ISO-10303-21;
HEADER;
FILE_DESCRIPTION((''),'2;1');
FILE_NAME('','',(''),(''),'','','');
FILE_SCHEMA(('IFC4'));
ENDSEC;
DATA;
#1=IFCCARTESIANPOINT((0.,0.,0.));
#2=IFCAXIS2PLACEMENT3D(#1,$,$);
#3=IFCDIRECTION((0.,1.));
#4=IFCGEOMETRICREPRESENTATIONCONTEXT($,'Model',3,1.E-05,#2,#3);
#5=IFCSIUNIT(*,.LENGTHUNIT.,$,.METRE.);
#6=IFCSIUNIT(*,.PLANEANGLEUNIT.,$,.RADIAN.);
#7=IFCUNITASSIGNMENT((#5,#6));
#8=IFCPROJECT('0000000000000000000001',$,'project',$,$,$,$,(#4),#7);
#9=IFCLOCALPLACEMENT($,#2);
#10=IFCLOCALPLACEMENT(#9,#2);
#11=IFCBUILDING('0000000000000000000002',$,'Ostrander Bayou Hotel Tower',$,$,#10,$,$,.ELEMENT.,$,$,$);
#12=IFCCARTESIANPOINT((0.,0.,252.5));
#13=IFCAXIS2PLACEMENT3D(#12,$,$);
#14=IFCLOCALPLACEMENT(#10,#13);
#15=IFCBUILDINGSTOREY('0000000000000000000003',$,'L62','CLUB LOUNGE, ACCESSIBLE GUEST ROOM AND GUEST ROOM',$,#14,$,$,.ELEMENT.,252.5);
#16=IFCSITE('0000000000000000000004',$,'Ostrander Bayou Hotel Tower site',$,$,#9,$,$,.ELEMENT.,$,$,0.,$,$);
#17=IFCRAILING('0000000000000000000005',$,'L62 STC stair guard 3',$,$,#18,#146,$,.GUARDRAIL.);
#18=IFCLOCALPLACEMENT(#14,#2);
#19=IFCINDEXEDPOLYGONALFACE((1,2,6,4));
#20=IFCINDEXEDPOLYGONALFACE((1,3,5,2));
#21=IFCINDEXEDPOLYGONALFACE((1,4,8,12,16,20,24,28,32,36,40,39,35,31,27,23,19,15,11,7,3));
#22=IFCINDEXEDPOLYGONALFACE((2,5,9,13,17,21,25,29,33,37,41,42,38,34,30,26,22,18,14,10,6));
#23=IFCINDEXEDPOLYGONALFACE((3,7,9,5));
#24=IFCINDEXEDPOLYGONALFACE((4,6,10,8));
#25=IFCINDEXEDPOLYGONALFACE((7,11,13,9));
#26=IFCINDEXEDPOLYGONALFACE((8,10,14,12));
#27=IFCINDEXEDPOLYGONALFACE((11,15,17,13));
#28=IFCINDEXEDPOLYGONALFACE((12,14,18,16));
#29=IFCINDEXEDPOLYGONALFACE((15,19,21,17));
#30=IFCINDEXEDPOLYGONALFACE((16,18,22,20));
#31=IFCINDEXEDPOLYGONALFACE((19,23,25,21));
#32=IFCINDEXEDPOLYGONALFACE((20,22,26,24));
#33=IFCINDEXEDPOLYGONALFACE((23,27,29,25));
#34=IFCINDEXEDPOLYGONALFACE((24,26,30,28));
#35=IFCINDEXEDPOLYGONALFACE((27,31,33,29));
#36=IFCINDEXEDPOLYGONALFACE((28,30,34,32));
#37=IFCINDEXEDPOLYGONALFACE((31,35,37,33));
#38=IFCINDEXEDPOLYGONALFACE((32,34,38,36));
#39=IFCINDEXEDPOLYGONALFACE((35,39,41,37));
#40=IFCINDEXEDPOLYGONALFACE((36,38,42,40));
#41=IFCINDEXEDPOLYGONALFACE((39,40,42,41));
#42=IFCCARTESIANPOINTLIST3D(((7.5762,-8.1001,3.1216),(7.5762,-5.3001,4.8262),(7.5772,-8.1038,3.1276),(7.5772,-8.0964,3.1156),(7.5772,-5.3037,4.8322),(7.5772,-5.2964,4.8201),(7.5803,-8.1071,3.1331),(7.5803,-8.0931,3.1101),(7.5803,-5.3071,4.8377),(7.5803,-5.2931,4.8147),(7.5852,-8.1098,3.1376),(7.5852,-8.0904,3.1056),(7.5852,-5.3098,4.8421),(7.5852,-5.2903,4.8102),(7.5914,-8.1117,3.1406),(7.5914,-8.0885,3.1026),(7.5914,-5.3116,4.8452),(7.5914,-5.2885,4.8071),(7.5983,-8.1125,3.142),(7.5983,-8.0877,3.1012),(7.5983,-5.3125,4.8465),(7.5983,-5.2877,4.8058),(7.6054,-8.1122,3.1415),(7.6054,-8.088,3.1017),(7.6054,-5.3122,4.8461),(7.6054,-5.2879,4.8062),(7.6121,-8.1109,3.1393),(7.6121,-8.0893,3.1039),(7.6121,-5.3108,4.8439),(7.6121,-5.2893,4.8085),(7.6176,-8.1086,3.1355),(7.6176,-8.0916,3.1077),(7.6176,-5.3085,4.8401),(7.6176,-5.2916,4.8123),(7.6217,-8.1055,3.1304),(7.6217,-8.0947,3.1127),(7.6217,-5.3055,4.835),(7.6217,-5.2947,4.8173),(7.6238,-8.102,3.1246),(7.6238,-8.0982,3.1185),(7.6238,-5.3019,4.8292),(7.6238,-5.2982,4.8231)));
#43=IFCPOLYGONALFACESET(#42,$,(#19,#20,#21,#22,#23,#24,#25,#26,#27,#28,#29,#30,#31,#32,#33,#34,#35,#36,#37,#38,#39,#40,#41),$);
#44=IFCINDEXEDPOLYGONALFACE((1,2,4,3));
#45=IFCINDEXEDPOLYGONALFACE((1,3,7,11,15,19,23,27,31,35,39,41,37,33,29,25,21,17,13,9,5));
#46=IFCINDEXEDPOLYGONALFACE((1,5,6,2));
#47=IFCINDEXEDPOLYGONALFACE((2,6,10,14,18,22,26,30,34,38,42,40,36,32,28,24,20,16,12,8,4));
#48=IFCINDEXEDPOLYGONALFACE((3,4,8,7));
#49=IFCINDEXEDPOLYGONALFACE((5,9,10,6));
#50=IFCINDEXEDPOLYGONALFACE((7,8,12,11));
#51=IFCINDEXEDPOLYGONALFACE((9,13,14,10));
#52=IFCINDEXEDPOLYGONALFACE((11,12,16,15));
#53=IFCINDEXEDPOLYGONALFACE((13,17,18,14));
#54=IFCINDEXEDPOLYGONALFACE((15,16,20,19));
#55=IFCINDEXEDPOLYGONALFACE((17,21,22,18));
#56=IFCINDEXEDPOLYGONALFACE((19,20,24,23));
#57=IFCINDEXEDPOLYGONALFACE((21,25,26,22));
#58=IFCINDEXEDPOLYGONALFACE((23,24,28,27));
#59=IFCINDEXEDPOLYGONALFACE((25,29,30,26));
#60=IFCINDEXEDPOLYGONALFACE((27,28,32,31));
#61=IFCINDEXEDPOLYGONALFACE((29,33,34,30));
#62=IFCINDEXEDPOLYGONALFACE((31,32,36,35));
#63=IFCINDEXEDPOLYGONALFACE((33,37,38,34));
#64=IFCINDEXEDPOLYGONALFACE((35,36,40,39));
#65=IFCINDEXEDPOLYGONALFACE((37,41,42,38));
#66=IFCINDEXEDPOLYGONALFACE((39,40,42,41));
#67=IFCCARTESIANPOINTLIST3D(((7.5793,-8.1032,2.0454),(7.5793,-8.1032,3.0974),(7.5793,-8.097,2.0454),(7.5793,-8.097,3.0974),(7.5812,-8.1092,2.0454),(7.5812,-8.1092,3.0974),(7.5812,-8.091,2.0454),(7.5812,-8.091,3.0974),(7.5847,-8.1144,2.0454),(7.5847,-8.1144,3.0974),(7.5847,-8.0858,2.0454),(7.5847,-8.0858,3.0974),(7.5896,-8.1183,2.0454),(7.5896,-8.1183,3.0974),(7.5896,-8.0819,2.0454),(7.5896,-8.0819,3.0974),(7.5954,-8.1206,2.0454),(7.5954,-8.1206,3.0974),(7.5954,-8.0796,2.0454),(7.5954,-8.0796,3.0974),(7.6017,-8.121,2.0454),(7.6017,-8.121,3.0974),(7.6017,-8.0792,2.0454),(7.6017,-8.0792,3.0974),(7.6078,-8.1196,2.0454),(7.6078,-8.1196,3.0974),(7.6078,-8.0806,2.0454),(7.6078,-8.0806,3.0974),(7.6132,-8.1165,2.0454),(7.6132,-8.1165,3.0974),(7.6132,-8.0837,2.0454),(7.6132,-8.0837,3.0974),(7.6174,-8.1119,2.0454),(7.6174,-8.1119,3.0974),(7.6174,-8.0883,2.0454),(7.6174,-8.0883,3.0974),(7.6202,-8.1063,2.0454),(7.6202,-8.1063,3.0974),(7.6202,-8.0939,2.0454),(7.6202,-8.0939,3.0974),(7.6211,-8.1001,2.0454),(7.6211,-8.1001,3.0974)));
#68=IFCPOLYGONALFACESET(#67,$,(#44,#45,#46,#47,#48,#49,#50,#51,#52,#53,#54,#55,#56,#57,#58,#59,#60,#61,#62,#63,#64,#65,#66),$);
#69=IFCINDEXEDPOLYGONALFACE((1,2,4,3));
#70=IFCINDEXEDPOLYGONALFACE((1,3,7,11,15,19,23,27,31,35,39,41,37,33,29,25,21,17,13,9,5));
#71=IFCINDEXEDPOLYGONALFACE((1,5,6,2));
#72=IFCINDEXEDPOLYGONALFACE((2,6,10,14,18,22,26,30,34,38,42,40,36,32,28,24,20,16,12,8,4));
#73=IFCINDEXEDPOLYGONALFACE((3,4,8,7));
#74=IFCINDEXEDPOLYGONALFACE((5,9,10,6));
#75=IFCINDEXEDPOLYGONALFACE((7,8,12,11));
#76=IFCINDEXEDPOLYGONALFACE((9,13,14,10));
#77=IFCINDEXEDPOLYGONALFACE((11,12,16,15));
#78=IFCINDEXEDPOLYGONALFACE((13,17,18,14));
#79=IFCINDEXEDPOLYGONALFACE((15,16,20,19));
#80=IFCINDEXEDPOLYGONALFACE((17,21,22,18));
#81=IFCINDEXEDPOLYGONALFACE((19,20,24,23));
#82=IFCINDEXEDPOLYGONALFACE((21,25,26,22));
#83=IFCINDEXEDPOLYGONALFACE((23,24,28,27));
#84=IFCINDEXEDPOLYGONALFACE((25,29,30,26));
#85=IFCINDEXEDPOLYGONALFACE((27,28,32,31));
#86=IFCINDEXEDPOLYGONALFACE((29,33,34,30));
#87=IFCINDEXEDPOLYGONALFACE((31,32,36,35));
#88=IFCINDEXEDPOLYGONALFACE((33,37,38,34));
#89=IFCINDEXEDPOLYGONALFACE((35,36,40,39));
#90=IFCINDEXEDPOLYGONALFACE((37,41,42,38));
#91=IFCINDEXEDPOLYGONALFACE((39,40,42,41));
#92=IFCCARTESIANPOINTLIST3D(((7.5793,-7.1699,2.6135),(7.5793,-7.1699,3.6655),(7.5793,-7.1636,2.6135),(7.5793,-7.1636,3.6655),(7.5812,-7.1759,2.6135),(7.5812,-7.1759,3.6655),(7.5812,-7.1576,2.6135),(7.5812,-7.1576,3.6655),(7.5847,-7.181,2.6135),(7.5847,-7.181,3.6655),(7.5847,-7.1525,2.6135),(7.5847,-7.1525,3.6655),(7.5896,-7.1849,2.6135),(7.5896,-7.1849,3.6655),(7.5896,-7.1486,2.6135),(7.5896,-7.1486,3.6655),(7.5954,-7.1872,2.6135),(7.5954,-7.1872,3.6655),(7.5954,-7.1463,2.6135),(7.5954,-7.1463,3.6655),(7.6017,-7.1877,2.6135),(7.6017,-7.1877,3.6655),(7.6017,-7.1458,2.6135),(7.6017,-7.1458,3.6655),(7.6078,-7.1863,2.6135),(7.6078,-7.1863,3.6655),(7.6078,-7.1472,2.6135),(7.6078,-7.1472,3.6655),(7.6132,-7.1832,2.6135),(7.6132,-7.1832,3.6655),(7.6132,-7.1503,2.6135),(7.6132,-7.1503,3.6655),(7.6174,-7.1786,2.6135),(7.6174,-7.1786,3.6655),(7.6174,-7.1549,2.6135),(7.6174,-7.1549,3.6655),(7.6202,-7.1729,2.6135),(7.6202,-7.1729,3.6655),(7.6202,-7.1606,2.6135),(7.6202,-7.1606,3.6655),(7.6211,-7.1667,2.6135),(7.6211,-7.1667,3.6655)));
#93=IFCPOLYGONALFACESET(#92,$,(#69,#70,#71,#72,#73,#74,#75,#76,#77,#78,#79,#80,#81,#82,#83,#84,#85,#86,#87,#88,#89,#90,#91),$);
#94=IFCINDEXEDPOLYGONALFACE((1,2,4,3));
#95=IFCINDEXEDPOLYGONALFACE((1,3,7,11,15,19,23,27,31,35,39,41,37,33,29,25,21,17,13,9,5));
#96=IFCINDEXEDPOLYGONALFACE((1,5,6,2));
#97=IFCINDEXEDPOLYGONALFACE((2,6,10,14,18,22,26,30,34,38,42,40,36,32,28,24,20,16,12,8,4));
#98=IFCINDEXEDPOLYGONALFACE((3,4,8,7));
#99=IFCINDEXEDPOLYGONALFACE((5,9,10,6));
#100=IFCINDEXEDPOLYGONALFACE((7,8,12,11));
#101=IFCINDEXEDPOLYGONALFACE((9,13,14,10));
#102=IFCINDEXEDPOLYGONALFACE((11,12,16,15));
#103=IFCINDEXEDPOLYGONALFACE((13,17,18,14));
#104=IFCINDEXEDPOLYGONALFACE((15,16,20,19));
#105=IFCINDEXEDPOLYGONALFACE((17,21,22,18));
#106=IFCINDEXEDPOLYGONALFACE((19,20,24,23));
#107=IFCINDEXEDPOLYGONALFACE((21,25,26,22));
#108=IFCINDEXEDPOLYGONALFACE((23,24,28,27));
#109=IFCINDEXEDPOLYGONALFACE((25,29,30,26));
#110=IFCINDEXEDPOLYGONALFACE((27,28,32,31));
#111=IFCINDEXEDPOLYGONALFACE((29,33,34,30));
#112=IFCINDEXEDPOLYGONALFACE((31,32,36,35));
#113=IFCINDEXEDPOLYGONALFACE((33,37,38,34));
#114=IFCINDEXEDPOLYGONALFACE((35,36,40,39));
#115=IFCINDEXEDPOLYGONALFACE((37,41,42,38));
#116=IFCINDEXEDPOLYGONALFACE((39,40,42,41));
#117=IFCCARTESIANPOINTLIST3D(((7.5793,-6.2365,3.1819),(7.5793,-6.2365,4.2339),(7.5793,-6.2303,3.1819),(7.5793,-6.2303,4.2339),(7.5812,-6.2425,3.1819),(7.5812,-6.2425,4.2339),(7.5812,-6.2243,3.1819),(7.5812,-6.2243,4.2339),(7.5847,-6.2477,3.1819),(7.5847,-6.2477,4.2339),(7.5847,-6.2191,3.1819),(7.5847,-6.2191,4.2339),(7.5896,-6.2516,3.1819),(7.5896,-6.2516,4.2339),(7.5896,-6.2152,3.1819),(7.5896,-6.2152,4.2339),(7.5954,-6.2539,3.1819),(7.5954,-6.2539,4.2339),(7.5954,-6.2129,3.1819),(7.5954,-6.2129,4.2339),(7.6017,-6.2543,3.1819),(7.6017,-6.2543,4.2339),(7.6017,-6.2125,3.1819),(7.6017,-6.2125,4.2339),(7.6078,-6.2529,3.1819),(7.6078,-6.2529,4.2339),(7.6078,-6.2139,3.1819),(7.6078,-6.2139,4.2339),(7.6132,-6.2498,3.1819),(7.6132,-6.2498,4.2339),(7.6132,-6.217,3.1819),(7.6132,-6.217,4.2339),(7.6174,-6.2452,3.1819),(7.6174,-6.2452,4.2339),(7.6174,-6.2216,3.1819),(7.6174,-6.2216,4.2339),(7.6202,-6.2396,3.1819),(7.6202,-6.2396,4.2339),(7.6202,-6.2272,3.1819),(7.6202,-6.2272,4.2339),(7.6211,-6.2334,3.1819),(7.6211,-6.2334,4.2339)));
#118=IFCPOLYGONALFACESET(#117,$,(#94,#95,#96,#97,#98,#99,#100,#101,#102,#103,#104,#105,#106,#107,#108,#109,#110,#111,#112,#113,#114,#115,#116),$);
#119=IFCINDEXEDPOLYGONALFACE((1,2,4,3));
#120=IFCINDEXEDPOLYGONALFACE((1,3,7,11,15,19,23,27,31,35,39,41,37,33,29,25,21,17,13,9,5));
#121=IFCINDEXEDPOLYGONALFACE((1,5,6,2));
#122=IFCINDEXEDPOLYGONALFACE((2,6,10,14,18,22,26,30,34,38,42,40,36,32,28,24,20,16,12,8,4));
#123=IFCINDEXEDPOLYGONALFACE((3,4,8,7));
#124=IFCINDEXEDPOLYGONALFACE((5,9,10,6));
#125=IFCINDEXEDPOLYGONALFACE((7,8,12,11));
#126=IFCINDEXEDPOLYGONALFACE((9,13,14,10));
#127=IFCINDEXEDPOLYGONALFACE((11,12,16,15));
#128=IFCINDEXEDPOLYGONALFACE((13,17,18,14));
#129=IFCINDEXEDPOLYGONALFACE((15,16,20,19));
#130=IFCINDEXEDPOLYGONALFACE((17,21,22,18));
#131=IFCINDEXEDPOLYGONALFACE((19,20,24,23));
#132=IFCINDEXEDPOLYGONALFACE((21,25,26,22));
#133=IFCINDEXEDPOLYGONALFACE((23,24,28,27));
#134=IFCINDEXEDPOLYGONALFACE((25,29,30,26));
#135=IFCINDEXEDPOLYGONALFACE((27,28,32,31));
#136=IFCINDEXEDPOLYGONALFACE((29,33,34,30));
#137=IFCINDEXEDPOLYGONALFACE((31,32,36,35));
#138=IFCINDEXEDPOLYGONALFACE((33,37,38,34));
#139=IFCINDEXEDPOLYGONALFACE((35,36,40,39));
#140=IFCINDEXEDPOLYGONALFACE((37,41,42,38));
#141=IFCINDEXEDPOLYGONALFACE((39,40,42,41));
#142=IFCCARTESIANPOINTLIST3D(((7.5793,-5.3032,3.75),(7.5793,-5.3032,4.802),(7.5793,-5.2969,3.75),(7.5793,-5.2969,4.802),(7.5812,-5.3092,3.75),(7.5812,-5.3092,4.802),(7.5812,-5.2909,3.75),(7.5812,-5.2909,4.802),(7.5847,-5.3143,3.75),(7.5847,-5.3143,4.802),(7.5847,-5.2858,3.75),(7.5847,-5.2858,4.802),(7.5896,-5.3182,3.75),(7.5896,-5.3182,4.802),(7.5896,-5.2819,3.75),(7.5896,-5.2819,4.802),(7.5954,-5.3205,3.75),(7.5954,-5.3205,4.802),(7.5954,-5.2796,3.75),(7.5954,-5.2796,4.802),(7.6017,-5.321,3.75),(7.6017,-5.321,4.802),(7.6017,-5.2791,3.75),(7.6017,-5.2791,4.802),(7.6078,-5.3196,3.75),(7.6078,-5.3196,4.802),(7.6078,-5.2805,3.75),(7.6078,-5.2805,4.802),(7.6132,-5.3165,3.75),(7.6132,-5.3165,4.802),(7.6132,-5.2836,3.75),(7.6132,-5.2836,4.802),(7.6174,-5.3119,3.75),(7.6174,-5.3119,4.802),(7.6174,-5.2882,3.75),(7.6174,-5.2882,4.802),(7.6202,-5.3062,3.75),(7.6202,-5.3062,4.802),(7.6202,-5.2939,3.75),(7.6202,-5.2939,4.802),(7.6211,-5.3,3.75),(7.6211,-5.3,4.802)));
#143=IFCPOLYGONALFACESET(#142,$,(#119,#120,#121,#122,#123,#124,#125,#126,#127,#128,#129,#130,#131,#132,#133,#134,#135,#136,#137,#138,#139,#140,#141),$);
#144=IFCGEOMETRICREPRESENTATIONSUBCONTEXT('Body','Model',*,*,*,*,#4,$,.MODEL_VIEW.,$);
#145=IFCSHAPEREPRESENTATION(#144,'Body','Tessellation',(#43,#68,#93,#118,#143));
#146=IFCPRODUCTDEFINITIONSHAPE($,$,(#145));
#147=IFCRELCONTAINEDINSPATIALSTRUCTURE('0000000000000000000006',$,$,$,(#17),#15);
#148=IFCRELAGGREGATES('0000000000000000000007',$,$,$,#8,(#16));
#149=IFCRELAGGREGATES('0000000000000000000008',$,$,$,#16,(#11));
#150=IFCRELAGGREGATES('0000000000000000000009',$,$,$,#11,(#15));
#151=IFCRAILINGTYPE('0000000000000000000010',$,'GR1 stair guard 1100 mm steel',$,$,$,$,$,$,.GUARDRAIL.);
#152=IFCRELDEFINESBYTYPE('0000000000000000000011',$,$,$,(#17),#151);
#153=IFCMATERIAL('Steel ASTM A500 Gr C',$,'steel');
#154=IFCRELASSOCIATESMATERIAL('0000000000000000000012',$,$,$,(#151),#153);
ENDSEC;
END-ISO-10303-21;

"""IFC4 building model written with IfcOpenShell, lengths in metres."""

from ifc_helpers import new_model, si_unit, direction, frame, origin, origin_2d, place, context, subcontext, project, spatial, circle, extrude, material, type_object, element, save


model = new_model("IFC4")

# Units and contexts
model_context = context("Model", 3, precision=1e-05, world=origin(), true_north=direction((0.0, 1.0)))
body_context = subcontext(model_context, "Body", "Model", "MODEL_VIEW")
ifc_project = project(units=[si_unit("LENGTHUNIT", "METRE"), si_unit("PLANEANGLEUNIT", "RADIAN")], contexts=[model_context])

# Site, building, storey
site_placement = place(None, origin())
site = spatial("IfcSite", under=ifc_project, at=site_placement, Name="Ostrander Bayou Hotel Tower site", CompositionType="ELEMENT", RefElevation=0.0)
building_placement = place(site_placement, origin())
building = spatial("IfcBuilding", under=site, at=building_placement, Name="Ostrander Bayou Hotel Tower", CompositionType="ELEMENT")
storey_placement = place(building_placement, frame((0.0, 0.0, 252.5)))
storey = spatial("IfcBuildingStorey", under=building, at=storey_placement, Name="L62", Description="CLUB LOUNGE, ACCESSIBLE GUEST ROOM AND GUEST ROOM", CompositionType="ELEMENT", Elevation=252.5)

# Railing
ifc_material_1 = material(Name="Steel ASTM A500 Gr C", Category="steel")
railing_type_1 = type_object("IfcRailingType", Name="GR1 stair guard 1100 mm steel", PredefinedType="GUARDRAIL", material=ifc_material_1)
railing_1_placement = place(storey_placement, frame((7.6001, -8.1001, 2.0454)))
element("IfcRailing", 1, at=railing_1_placement, inside=storey, type_object=railing_type_1, Name="L62 STC stair guard 3", PredefinedType="GUARDRAIL", context=body_context, shape_type="SweptSolid", body=[
    extrude(circle(Radius=0.0239, at=origin_2d()), frame((0.0, 0.0, 1.0762), z_axis=(0.0, 0.85417, 0.519994), x_axis=(-1.0, 0.0, 0.0)), (0.0, 0.0, 1.0), 3.2781),
    extrude(circle(Radius=0.021, at=origin_2d()), origin(), (0.0, 0.0, 1.0), 1.052),
    extrude(circle(Radius=0.021, at=origin_2d()), frame((0.0, 0.9333, 0.5681)), (0.0, 0.0, 1.0), 1.052),
    extrude(circle(Radius=0.021, at=origin_2d()), frame((0.0, 1.8667, 1.1365)), (0.0, 0.0, 1.0), 1.052),
    extrude(circle(Radius=0.021, at=origin_2d()), frame((0.0, 2.8, 1.7046)), (0.0, 0.0, 1.0), 1.052),
])

save(model, "model.ifc")
